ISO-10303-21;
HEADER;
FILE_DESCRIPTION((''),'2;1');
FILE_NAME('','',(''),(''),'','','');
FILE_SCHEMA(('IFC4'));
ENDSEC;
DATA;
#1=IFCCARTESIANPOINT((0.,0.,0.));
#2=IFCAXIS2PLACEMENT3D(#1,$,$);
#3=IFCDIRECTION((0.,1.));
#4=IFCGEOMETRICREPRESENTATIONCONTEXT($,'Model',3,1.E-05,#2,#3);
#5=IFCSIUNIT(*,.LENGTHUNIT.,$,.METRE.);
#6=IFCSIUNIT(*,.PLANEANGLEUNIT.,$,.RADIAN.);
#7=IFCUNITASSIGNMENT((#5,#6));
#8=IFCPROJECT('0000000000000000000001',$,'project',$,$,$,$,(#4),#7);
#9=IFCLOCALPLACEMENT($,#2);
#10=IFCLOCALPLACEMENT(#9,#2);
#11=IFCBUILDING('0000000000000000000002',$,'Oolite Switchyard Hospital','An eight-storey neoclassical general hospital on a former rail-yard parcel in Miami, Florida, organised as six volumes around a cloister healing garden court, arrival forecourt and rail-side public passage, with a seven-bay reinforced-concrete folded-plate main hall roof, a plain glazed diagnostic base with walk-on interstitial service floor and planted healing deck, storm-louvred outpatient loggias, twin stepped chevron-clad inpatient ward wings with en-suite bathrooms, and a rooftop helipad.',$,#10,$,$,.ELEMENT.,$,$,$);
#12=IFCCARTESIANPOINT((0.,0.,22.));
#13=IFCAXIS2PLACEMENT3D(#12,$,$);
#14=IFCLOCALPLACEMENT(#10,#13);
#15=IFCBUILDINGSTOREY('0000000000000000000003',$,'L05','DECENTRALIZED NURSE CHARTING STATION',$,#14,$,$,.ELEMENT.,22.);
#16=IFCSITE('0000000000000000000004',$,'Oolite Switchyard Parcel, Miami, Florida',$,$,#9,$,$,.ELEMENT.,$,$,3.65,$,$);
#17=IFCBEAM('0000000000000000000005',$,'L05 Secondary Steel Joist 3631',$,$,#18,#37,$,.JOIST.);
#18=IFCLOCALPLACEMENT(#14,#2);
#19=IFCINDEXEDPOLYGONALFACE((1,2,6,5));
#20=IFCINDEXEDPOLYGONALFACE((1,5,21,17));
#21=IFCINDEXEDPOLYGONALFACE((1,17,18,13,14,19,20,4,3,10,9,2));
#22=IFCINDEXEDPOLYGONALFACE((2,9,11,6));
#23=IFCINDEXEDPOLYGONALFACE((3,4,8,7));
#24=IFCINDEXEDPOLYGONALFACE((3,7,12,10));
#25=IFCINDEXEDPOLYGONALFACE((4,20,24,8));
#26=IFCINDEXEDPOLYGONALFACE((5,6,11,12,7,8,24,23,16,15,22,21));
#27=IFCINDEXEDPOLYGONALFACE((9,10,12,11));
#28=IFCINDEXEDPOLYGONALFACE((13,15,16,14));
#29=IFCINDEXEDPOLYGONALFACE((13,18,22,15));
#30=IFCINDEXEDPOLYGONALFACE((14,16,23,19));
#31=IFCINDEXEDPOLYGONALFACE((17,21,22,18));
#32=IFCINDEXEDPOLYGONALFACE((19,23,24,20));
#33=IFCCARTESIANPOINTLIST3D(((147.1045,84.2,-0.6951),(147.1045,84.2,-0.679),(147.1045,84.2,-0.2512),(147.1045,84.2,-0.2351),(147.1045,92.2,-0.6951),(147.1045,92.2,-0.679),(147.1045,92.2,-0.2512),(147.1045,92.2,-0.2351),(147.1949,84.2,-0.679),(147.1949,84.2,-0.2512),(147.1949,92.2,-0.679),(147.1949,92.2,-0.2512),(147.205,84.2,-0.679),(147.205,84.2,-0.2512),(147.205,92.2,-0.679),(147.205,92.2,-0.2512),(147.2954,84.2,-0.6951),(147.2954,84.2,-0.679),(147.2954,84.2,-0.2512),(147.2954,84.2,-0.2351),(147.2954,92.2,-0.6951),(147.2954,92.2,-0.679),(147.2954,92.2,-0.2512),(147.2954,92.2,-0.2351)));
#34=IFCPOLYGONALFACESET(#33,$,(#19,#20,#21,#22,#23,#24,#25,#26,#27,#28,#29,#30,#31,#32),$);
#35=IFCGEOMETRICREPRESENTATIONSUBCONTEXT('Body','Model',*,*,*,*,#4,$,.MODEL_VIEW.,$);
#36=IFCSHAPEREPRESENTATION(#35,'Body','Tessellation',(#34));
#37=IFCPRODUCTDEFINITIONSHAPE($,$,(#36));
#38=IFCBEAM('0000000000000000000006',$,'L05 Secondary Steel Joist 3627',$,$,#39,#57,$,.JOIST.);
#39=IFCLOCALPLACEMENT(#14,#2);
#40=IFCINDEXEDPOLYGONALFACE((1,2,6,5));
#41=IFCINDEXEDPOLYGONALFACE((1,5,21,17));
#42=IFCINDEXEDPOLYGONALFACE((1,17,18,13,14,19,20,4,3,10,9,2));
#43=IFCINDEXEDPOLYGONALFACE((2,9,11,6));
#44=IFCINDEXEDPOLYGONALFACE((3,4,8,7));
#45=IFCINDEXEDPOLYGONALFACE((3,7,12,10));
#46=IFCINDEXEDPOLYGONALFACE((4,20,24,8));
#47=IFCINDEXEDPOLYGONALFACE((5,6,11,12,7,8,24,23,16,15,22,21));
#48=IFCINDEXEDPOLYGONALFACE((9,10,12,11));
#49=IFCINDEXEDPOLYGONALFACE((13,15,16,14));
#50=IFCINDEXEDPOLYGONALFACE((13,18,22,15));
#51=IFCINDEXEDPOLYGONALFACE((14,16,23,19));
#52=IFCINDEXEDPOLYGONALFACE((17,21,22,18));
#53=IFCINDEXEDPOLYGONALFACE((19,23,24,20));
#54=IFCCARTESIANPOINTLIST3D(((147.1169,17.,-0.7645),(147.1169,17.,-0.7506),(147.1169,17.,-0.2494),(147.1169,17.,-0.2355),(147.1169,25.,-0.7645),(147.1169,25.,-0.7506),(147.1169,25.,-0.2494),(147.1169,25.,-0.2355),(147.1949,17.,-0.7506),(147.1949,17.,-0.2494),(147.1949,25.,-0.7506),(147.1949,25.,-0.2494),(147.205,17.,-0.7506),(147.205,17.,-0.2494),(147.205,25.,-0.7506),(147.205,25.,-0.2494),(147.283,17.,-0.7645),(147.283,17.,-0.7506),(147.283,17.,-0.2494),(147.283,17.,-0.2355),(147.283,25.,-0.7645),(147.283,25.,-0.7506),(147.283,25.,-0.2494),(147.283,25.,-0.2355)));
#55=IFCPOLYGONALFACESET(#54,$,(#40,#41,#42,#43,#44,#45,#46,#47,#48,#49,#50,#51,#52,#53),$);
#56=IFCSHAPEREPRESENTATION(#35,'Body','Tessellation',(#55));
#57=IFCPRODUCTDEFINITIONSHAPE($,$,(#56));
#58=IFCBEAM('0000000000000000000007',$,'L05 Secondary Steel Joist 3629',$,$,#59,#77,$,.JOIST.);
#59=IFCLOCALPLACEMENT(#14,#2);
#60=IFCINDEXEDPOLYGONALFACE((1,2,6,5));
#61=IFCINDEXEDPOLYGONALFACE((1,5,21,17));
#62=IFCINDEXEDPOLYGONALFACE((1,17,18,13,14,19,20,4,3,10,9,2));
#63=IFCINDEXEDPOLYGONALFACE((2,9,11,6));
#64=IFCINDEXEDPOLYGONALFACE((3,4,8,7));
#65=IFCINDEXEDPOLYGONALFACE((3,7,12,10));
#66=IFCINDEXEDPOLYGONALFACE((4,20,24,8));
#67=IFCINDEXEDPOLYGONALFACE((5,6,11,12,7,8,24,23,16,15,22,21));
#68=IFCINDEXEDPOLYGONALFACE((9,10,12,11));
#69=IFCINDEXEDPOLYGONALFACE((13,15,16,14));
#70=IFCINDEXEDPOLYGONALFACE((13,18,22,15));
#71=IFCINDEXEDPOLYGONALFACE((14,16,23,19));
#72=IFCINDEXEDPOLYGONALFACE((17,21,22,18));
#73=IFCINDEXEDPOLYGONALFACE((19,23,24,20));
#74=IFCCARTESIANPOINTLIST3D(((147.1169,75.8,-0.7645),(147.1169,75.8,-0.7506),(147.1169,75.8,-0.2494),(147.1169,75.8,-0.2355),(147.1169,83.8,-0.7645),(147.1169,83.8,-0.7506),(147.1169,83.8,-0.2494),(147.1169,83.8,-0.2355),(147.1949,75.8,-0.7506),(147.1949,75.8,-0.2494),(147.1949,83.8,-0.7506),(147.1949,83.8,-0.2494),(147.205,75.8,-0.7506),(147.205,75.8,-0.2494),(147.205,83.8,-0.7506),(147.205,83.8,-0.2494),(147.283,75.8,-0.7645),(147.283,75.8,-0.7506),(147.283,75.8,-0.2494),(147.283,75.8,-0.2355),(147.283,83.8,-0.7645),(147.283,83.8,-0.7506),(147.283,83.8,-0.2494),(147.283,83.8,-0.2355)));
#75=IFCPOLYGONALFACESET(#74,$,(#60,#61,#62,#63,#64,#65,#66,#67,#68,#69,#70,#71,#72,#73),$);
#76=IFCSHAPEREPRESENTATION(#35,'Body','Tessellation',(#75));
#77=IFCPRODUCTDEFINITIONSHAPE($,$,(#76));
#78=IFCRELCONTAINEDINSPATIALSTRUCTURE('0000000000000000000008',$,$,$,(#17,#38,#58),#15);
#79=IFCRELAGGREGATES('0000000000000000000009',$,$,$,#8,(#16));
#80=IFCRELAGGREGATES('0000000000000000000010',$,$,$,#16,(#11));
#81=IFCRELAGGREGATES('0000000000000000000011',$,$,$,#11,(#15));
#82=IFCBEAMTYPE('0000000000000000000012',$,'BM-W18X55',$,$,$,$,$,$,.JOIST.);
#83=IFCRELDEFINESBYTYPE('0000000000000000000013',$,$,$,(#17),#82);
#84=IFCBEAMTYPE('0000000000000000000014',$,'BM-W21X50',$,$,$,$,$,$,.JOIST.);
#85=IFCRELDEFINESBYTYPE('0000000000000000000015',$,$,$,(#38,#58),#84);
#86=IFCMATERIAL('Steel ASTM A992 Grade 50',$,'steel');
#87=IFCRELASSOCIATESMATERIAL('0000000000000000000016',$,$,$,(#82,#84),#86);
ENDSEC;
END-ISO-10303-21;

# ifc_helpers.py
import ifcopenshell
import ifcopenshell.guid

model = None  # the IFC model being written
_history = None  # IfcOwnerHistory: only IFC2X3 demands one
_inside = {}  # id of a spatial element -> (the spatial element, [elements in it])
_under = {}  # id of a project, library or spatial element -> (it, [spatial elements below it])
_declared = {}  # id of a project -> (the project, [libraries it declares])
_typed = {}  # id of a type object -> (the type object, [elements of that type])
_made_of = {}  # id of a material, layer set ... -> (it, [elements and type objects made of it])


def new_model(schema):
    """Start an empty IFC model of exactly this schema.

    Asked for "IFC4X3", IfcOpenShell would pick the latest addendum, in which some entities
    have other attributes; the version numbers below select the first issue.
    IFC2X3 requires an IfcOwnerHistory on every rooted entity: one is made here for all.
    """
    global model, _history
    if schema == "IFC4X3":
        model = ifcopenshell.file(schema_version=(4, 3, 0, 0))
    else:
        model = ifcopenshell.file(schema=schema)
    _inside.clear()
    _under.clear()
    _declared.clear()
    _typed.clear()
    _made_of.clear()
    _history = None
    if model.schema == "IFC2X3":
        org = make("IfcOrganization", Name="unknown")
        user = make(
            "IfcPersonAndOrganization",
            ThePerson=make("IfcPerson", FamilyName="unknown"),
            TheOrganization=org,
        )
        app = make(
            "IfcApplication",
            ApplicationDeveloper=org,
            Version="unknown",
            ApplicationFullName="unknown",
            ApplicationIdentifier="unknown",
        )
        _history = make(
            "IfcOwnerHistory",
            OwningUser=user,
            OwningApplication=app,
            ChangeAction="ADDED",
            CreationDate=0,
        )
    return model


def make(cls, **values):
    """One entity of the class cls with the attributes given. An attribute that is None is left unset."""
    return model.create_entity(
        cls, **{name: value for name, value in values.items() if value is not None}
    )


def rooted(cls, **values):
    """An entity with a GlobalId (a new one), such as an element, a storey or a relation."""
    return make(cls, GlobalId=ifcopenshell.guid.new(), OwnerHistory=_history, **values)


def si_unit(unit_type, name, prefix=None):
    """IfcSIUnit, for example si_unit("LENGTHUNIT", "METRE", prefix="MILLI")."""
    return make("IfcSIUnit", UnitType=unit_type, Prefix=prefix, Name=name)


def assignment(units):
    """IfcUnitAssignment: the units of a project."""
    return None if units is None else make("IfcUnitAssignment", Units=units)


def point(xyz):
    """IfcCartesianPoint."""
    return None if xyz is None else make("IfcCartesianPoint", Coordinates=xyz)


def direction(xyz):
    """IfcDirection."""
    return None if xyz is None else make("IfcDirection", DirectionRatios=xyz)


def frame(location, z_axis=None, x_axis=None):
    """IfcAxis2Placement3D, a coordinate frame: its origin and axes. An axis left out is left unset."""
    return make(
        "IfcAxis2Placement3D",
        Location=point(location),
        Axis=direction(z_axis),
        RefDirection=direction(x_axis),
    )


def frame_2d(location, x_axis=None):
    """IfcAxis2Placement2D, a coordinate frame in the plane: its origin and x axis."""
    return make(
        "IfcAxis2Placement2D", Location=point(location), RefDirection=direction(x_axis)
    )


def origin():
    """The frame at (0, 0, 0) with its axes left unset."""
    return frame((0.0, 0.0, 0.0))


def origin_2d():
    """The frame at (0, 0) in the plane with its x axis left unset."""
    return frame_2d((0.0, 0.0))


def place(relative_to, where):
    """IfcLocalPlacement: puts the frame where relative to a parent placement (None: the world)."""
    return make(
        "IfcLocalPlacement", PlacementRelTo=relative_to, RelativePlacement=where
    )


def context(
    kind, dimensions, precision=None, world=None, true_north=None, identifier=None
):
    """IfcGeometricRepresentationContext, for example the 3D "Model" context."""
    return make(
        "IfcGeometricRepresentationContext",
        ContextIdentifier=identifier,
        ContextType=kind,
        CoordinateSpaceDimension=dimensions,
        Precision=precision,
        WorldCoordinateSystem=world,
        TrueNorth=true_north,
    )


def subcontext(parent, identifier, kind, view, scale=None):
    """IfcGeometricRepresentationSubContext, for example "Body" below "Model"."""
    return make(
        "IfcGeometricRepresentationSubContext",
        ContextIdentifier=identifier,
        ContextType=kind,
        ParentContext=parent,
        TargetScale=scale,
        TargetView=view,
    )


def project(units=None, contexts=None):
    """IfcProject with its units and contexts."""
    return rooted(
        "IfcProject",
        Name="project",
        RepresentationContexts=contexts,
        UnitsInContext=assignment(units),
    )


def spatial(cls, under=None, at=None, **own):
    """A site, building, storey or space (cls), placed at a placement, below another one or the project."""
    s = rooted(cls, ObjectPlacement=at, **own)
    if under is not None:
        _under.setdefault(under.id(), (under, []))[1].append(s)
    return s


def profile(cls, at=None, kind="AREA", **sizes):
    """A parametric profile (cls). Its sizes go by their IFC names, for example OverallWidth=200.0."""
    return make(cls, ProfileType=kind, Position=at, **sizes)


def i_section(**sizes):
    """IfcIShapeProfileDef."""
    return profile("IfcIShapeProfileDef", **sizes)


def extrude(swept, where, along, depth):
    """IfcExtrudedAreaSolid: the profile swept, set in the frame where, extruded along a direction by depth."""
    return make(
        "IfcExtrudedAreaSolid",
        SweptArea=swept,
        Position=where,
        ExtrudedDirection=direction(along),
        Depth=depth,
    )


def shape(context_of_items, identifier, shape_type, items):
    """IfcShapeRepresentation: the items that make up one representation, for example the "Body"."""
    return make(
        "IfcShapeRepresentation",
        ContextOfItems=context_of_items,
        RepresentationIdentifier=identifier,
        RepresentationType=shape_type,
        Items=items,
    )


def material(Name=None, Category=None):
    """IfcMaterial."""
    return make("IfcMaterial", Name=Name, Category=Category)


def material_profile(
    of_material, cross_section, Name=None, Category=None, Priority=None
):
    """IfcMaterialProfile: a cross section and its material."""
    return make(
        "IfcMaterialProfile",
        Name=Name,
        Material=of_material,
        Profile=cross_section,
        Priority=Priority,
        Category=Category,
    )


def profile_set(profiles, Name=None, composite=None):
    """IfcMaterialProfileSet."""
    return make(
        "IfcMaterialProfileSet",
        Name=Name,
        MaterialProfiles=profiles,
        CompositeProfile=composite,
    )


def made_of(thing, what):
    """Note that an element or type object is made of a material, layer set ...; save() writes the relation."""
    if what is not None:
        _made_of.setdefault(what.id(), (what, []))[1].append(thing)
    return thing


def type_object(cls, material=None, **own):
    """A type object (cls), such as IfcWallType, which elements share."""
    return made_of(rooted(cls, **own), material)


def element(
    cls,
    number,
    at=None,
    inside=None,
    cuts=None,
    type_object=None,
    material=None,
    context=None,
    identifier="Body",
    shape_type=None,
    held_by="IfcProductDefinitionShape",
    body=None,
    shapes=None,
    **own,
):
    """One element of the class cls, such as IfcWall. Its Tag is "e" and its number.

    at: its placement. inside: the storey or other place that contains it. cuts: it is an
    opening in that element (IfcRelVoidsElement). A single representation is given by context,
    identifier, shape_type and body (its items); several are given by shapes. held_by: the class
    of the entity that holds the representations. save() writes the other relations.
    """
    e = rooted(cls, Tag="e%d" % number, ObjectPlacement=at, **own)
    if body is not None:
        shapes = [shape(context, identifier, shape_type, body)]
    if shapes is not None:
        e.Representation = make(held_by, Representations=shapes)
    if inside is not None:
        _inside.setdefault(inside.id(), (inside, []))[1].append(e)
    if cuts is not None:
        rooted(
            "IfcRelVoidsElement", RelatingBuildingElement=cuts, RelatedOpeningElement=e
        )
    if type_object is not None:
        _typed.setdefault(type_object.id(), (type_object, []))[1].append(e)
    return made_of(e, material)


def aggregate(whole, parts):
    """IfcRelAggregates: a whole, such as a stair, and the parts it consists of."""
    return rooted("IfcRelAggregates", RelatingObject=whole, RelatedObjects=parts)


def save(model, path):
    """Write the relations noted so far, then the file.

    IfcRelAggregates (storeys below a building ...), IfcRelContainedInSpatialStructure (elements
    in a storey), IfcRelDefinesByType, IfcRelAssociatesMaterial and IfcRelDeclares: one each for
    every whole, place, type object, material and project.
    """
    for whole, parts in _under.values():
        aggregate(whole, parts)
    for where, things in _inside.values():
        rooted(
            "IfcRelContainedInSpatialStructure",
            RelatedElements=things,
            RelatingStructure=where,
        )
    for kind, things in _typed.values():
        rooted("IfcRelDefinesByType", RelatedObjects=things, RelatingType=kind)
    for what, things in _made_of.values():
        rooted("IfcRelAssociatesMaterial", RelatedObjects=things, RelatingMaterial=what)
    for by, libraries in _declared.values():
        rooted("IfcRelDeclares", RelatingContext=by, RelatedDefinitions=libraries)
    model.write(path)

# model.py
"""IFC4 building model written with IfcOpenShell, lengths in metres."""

from ifc_helpers import new_model, si_unit, direction, frame, origin, origin_2d, place, context, subcontext, project, spatial, i_section, extrude, material, material_profile, profile_set, type_object, element, save


model = new_model("IFC4")

# Units and contexts
model_context = context("Model", 3, precision=1e-05, world=origin(), true_north=direction((0.0, 1.0)))
body_context = subcontext(model_context, "Body", "Model", "MODEL_VIEW")
ifc_project = project(units=[si_unit("LENGTHUNIT", "METRE"), si_unit("PLANEANGLEUNIT", "RADIAN")], contexts=[model_context])

# Site, building, storey
site_placement = place(None, origin())
site = spatial("IfcSite", under=ifc_project, at=site_placement, Name="Oolite Switchyard Parcel, Miami, Florida", CompositionType="ELEMENT", RefElevation=3.65)
building_placement = place(site_placement, origin())
building = spatial("IfcBuilding", under=site, at=building_placement, Name="Oolite Switchyard Hospital", Description="An eight-storey neoclassical general hospital on a former rail-yard parcel in Miami, Florida, organised as six volumes around a cloister healing garden court, arrival forecourt and rail-side public passage, with a seven-bay reinforced-concrete folded-plate main hall roof, a plain glazed diagnostic base with walk-on interstitial service floor and planted healing deck, storm-louvred outpatient loggias, twin stepped chevron-clad inpatient ward wings with en-suite bathrooms, and a rooftop helipad.", CompositionType="ELEMENT")
storey_placement = place(building_placement, frame((0.0, 0.0, 22.0)))
storey = spatial("IfcBuildingStorey", under=building, at=storey_placement, Name="L05", Description="DECENTRALIZED NURSE CHARTING STATION", CompositionType="ELEMENT", Elevation=22.0)

# Beams
ifc_material_1 = material(Name="Steel ASTM A992 Grade 50", Category="steel")
ifc_material_profile_1 = material_profile(ifc_material_1, i_section(OverallWidth=0.1909, OverallDepth=0.46, WebThickness=0.01, FlangeThickness=0.0161, at=origin_2d()), Name="W18X55")
ifc_profile_set_1 = profile_set([ifc_material_profile_1], Name="Steel ASTM A992 Grade 50")
beam_type_1 = type_object("IfcBeamType", Name="BM-W18X55", PredefinedType="JOIST", material=ifc_profile_set_1)
for number, where, z_axis, x_axis, name in (
    (1, (147.2, 84.2, -0.4651), (0.0, 1.0, 0.0), (-1.0, 0.0, 0.0), "L05 Secondary Steel Joist 3631"),
):
    element("IfcBeam", number, at=place(storey_placement, frame(where, z_axis=z_axis, x_axis=x_axis)), inside=storey, type_object=beam_type_1, Name=name, PredefinedType="JOIST", context=body_context, shape_type="SweptSolid", body=[
        extrude(i_section(OverallWidth=0.1909, OverallDepth=0.46, WebThickness=0.01, FlangeThickness=0.0161, at=origin_2d()), origin(), (0.0, 0.0, 1.0), 8.0),
    ])
ifc_material_profile_2 = material_profile(ifc_material_1, i_section(OverallWidth=0.166, OverallDepth=0.5291, WebThickness=0.01, FlangeThickness=0.0139, at=origin_2d()), Name="W21X50")
ifc_profile_set_2 = profile_set([ifc_material_profile_2], Name="Steel ASTM A992 Grade 50")
beam_type_2 = type_object("IfcBeamType", Name="BM-W21X50", PredefinedType="JOIST", material=ifc_profile_set_2)
for number, where, z_axis, x_axis, name in (
    (2, (147.2, 17.0, -0.5), (0.0, 1.0, 0.0), (-1.0, 0.0, 0.0), "L05 Secondary Steel Joist 3627"),
    (3, (147.2, 75.8, -0.5), (0.0, 1.0, 0.0), (-1.0, 0.0, 0.0), "L05 Secondary Steel Joist 3629"),
):
    element("IfcBeam", number, at=place(storey_placement, frame(where, z_axis=z_axis, x_axis=x_axis)), inside=storey, type_object=beam_type_2, Name=name, PredefinedType="JOIST", context=body_context, shape_type="SweptSolid", body=[
        extrude(i_section(OverallWidth=0.166, OverallDepth=0.5291, WebThickness=0.01, FlangeThickness=0.0139, at=origin_2d()), origin(), (0.0, 0.0, 1.0), 8.0),
    ])

save(model, "model.ifc")
